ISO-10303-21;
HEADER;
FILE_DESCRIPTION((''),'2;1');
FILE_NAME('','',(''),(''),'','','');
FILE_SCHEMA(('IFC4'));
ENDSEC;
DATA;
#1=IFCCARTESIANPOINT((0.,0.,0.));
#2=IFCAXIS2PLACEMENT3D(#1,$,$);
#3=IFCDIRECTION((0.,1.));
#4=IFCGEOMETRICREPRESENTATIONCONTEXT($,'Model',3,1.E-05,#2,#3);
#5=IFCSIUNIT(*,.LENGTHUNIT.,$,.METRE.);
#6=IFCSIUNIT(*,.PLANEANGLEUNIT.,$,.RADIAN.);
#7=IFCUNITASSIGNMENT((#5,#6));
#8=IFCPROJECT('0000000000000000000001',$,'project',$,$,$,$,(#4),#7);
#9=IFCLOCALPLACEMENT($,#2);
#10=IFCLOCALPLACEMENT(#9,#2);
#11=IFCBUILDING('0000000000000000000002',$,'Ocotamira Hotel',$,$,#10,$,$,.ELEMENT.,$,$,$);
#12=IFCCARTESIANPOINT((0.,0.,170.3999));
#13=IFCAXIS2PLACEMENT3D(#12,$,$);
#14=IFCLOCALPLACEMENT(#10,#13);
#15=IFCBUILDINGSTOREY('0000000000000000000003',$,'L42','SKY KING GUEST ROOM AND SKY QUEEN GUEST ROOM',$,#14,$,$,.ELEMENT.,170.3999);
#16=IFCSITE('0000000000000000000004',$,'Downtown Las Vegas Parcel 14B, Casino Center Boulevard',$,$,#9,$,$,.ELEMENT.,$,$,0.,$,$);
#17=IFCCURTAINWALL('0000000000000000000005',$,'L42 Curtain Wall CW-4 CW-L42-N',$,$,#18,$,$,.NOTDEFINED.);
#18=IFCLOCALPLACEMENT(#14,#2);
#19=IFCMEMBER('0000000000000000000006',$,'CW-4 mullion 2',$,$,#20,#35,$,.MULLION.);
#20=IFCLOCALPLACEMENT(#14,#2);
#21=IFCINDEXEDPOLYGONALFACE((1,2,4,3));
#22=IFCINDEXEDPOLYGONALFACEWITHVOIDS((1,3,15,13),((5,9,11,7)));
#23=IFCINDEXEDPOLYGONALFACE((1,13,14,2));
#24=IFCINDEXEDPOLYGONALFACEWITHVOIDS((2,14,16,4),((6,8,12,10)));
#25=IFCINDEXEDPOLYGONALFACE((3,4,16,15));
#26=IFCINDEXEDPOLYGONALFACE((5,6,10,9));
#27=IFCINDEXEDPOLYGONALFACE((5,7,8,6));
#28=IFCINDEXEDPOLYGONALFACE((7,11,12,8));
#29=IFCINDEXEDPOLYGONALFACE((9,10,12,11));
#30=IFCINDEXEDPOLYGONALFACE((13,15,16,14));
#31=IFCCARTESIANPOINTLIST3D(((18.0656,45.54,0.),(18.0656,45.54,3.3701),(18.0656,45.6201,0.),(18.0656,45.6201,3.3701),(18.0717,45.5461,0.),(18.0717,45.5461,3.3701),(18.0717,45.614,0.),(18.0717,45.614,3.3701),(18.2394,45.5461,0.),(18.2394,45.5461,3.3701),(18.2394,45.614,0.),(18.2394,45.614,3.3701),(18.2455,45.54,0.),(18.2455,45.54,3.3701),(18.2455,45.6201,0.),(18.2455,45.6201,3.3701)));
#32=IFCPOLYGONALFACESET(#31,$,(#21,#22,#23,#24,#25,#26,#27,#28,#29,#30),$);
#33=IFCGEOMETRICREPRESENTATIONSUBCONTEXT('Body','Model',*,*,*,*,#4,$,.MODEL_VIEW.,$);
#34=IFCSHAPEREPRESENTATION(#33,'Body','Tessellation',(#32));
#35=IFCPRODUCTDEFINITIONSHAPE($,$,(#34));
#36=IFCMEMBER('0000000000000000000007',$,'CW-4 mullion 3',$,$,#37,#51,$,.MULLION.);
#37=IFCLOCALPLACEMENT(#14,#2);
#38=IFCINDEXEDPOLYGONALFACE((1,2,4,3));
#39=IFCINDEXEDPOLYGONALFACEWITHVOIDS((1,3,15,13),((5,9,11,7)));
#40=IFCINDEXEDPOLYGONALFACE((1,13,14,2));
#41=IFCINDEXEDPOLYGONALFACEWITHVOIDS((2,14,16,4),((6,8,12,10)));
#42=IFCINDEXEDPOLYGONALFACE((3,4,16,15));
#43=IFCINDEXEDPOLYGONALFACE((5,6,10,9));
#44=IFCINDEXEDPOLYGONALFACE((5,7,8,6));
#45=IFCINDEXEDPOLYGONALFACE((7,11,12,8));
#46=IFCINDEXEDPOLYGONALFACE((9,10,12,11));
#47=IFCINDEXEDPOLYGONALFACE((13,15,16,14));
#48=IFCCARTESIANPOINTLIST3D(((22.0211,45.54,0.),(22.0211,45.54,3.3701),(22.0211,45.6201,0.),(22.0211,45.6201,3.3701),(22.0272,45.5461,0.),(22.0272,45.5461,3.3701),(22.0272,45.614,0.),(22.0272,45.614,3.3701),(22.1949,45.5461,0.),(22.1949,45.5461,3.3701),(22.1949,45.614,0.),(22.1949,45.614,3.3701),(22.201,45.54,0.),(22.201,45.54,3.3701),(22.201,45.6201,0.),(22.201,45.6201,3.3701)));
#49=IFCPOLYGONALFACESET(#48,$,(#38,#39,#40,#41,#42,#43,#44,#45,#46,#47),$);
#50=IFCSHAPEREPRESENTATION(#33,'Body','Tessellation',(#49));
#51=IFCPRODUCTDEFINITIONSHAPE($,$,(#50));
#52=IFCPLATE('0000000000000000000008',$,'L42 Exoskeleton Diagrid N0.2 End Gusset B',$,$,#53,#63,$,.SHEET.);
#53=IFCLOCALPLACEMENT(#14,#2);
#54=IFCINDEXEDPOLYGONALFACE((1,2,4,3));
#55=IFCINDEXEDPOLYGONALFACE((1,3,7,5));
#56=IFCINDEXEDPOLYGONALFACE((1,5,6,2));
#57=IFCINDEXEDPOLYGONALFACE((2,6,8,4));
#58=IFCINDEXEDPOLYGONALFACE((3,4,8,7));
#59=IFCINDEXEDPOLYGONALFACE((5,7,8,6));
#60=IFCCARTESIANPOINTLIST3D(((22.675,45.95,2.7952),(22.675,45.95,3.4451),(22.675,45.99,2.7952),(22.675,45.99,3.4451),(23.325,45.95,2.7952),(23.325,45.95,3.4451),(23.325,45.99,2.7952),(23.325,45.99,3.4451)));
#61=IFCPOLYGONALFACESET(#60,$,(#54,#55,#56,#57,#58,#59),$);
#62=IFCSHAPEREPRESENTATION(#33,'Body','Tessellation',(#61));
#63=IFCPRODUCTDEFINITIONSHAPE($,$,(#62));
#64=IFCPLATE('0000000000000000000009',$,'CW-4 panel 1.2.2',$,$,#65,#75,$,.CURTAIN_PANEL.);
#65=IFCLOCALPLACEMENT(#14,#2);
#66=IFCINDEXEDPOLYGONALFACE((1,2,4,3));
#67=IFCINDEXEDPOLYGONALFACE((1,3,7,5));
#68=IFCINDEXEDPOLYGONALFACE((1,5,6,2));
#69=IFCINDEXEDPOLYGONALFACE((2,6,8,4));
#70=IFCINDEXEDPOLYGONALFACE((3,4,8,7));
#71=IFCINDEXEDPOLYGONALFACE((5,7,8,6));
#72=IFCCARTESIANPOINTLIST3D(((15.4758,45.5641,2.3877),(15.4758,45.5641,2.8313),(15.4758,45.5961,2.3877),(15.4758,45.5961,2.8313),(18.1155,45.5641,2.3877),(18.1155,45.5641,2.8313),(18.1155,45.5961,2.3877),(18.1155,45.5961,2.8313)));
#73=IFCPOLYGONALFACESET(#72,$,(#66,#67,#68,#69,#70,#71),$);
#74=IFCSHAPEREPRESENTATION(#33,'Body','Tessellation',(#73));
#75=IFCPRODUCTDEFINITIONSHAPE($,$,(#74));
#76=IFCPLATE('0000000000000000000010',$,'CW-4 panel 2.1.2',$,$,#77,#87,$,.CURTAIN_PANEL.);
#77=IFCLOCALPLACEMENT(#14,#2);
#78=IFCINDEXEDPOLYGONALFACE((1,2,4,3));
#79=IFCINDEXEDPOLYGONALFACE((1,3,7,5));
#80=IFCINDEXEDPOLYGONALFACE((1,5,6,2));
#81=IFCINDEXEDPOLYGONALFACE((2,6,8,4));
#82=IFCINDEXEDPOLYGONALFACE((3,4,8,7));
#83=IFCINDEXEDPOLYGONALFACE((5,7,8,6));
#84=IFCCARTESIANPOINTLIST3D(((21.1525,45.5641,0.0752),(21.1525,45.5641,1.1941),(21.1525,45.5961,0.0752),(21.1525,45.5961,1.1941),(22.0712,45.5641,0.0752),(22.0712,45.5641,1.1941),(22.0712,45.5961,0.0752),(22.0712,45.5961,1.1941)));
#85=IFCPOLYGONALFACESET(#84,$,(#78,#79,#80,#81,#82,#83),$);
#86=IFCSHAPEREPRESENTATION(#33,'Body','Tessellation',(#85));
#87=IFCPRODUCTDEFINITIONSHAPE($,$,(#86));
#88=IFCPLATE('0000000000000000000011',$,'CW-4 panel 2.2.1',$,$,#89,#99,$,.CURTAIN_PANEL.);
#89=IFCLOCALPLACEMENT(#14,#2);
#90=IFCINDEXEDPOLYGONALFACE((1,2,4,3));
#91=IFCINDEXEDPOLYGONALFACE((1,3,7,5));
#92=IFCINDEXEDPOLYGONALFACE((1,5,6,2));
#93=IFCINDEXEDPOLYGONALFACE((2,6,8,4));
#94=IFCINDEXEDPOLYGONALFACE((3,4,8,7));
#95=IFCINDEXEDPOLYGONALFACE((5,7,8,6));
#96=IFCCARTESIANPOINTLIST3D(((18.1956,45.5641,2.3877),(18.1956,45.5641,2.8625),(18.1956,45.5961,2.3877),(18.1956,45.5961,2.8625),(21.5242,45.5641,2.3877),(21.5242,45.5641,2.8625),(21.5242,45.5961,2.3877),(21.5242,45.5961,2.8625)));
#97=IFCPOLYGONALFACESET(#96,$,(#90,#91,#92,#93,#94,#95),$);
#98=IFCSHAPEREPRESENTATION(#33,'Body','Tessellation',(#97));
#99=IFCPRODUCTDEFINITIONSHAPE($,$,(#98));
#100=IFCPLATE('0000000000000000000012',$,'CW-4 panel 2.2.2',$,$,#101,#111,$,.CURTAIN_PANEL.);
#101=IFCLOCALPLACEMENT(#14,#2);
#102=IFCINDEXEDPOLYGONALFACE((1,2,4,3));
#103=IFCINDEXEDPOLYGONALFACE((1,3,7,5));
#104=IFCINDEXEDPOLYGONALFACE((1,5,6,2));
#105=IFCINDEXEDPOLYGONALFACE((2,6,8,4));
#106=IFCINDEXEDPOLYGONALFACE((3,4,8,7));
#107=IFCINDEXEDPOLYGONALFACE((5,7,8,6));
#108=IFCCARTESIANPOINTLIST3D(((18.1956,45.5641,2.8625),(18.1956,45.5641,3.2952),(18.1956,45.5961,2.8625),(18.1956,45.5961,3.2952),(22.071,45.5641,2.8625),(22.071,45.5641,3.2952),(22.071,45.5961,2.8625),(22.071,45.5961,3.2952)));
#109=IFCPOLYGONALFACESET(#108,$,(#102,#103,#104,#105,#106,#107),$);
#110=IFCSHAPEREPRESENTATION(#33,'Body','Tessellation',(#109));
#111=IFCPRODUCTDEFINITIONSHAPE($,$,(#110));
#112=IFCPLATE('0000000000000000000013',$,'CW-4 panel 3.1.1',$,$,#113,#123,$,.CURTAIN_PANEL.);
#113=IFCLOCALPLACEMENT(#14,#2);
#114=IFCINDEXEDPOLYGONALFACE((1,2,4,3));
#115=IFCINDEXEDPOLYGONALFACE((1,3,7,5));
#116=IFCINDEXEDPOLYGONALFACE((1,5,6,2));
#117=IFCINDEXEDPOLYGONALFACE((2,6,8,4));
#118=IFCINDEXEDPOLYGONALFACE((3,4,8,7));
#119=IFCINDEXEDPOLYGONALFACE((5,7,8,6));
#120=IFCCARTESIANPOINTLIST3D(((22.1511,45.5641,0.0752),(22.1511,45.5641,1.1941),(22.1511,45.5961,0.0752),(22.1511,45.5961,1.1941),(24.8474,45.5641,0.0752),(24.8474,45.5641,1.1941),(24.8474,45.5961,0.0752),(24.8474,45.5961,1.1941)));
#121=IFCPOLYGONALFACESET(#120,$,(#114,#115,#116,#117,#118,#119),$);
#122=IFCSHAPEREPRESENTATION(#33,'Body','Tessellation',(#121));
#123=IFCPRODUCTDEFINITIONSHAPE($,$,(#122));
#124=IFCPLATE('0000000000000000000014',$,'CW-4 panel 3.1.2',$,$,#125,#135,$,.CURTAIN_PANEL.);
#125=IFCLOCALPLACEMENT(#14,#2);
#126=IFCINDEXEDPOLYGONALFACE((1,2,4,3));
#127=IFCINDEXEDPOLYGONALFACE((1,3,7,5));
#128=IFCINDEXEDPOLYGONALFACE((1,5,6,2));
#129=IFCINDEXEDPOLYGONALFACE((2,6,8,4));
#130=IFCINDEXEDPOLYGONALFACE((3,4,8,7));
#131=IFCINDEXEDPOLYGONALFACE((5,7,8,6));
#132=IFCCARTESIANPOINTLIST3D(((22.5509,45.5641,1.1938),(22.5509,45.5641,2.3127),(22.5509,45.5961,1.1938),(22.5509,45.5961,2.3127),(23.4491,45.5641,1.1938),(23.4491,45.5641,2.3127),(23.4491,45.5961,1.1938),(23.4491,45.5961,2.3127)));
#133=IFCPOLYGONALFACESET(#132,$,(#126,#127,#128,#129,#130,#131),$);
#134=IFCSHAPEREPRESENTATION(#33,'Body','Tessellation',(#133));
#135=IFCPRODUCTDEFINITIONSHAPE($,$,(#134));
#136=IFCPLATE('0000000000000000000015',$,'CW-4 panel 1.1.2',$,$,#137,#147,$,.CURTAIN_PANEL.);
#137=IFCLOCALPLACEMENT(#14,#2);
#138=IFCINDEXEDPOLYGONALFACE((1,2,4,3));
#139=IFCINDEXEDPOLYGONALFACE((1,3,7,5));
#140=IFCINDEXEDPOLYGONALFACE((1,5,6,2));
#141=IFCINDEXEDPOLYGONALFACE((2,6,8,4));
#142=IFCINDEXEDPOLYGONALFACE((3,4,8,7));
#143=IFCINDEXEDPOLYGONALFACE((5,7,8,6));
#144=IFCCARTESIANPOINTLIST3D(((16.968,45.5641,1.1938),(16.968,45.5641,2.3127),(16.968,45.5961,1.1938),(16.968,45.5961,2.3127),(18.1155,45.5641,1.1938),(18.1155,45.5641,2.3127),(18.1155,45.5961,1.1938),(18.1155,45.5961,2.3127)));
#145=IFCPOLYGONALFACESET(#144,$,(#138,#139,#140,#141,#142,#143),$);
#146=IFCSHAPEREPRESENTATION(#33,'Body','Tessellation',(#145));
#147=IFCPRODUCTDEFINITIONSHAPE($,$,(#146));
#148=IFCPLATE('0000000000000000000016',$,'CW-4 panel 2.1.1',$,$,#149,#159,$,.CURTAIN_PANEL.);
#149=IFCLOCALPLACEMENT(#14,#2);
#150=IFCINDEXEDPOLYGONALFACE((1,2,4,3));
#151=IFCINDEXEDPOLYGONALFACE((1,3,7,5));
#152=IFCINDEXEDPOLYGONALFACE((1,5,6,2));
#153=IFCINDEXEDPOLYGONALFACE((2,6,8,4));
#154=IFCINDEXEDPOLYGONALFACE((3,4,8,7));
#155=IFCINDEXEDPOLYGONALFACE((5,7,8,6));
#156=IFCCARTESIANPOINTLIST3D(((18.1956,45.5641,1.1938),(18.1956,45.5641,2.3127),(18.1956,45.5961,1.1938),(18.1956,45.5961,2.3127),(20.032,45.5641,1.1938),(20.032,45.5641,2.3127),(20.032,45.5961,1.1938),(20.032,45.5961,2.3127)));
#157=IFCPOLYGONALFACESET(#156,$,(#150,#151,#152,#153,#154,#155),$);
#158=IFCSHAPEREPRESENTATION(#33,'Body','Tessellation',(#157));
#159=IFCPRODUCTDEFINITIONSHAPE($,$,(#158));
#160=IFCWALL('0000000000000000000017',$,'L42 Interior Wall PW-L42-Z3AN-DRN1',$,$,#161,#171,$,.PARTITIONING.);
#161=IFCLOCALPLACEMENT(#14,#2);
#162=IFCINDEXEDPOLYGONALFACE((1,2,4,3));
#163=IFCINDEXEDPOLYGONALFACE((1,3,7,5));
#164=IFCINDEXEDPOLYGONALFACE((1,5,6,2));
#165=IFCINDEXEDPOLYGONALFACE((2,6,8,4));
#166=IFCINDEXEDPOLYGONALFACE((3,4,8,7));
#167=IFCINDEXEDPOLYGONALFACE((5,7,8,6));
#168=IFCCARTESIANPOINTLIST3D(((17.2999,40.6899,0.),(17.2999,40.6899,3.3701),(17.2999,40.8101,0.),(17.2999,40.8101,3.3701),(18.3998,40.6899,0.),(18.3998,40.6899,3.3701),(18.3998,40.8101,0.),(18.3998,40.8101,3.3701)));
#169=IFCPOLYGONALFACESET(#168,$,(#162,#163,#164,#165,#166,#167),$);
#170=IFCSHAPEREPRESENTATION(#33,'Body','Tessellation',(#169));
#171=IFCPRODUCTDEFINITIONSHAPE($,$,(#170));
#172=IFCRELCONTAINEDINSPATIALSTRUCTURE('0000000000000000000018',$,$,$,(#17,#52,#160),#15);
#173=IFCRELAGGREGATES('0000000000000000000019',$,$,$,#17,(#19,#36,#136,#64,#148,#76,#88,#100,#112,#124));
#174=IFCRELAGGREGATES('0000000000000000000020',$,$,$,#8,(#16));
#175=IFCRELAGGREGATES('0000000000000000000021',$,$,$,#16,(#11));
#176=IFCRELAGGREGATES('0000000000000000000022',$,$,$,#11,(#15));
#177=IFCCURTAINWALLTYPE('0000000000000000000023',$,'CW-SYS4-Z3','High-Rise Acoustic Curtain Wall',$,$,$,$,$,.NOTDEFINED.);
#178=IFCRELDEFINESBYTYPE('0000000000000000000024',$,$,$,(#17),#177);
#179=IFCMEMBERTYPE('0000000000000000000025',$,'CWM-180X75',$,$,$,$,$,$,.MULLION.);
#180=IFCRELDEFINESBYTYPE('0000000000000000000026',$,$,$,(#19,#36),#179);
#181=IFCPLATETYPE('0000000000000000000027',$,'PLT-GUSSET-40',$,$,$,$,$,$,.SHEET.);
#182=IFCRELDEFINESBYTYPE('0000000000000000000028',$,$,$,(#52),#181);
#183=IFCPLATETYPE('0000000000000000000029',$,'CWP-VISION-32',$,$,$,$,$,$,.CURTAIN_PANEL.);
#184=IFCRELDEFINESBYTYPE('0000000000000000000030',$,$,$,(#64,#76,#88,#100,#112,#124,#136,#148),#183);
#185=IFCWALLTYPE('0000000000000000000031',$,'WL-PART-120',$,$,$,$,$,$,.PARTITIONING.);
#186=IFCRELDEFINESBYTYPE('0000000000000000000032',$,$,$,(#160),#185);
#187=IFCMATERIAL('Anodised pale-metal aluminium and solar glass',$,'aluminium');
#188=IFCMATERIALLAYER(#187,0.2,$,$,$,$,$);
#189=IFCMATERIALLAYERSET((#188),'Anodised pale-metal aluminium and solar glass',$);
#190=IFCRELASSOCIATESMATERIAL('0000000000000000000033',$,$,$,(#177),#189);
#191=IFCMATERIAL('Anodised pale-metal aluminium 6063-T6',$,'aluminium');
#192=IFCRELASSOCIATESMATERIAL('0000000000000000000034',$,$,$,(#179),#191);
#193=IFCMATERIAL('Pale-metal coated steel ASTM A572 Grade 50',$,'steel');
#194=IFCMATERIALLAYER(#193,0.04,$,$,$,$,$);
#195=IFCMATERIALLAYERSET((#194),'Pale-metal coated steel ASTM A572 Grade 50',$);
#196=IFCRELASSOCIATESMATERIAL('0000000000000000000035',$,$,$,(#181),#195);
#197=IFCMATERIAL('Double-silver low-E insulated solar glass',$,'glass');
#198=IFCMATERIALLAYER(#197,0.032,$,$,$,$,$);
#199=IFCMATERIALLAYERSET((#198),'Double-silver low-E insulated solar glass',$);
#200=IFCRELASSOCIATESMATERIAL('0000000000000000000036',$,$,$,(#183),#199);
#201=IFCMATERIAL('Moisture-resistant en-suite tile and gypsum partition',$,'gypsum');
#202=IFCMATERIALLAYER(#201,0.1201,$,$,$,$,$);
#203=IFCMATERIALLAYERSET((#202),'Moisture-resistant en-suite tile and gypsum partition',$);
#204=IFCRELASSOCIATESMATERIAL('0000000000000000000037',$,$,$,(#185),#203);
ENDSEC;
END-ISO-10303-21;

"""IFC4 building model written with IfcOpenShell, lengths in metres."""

from ifc_helpers import new_model, si_unit, direction, frame, frame_2d, origin, origin_2d, place, context, subcontext, project, spatial, rectangle, hollow_rectangle, extrude, source, transform, mapped, material, layer, layer_set, material_profile, profile_set, type_object, element, aggregate, save


model = new_model("IFC4")

# Units and contexts
model_context = context("Model", 3, precision=1e-05, world=origin(), true_north=direction((0.0, 1.0)))
body_context = subcontext(model_context, "Body", "Model", "MODEL_VIEW")
ifc_project = project(units=[si_unit("LENGTHUNIT", "METRE"), si_unit("PLANEANGLEUNIT", "RADIAN")], contexts=[model_context])

# Site, building, storey
site_placement = place(None, origin())
site = spatial("IfcSite", under=ifc_project, at=site_placement, Name="Downtown Las Vegas Parcel 14B, Casino Center Boulevard", CompositionType="ELEMENT", RefElevation=0.0)
building_placement = place(site_placement, origin())
building = spatial("IfcBuilding", under=site, at=building_placement, Name="Ocotamira Hotel", CompositionType="ELEMENT")
storey_placement = place(building_placement, frame((0.0, 0.0, 170.3999)))
storey = spatial("IfcBuildingStorey", under=building, at=storey_placement, Name="L42", Description="SKY KING GUEST ROOM AND SKY QUEEN GUEST ROOM", CompositionType="ELEMENT", Elevation=170.3999)

# Curtain wall, members
ifc_material_1 = material(Name="Anodised pale-metal aluminium and solar glass", Category="aluminium")
ifc_layer_1 = layer(ifc_material_1, 0.2)
ifc_layer_set_1 = layer_set([ifc_layer_1], Name="Anodised pale-metal aluminium and solar glass")
curtain_wall_type = type_object("IfcCurtainWallType", Name="CW-SYS4-Z3", Description="High-Rise Acoustic Curtain Wall", PredefinedType="NOTDEFINED", material=ifc_layer_set_1)
curtain_wall_placement = place(storey_placement, origin())
curtain_wall = element("IfcCurtainWall", 1, at=curtain_wall_placement, inside=storey, type_object=curtain_wall_type, Name="L42 Curtain Wall CW-4 CW-L42-N", PredefinedType="NOTDEFINED")
ifc_material_2 = material(Name="Anodised pale-metal aluminium 6063-T6", Category="aluminium")
ifc_material_profile_1 = material_profile(ifc_material_2, hollow_rectangle(XDim=0.0801, YDim=0.1799, WallThickness=0.0061, at=origin_2d()), Name="HSS180X80X6")
ifc_profile_set_1 = profile_set([ifc_material_profile_1], Name="Anodised pale-metal aluminium 6063-T6")
member_type_1 = type_object("IfcMemberType", Name="CWM-180X75", PredefinedType="MULLION", material=ifc_profile_set_1)
shared_shape_1 = source(origin(), body_context, "Body", "SweptSolid", [
    extrude(hollow_rectangle(XDim=0.0801, YDim=0.1799, WallThickness=0.0061, at=origin_2d()), origin(), (0.0, 0.0, 1.0), 3.3701),
])
member_1_placement = place(storey_placement, frame((18.1555, 45.5801, 0.0), z_axis=(0.0, 0.0, 1.0), x_axis=(0.0, 1.0, 0.0)))
member_1 = element("IfcMember", 2, at=member_1_placement, type_object=member_type_1, Name="CW-4 mullion 2", PredefinedType="MULLION", context=body_context, shape_type="MappedRepresentation", body=[
    mapped(shared_shape_1, transform((0.0, 0.0, 0.0), scale=1.0)),
])
member_2_placement = place(storey_placement, frame((22.1111, 45.5801, 0.0), z_axis=(0.0, 0.0, 1.0), x_axis=(0.0, 1.0, 0.0)))
member_2 = element("IfcMember", 3, at=member_2_placement, type_object=member_type_1, Name="CW-4 mullion 3", PredefinedType="MULLION", context=body_context, shape_type="MappedRepresentation", body=[
    mapped(shared_shape_1, transform((0.0, 0.0, 0.0), scale=1.0)),
])

# Plates
ifc_material_3 = material(Name="Pale-metal coated steel ASTM A572 Grade 50", Category="steel")
ifc_layer_2 = layer(ifc_material_3, 0.04)
ifc_layer_set_2 = layer_set([ifc_layer_2], Name="Pale-metal coated steel ASTM A572 Grade 50")
plate_type_1 = type_object("IfcPlateType", Name="PLT-GUSSET-40", PredefinedType="SHEET", material=ifc_layer_set_2)
shared_shape_2 = source(origin(), body_context, "Body", "SweptSolid", [
    extrude(rectangle(XDim=0.6499, YDim=0.04, at=origin_2d()), origin(), (0.0, 0.0, 1.0), 0.6499),
])
plate_1_placement = place(storey_placement, frame((23.0, 45.97, 2.7952), z_axis=(0.0, 0.0, 1.0), x_axis=(1.0, 0.0, 0.0)))
element("IfcPlate", 4, at=plate_1_placement, inside=storey, type_object=plate_type_1, Name="L42 Exoskeleton Diagrid N0.2 End Gusset B", PredefinedType="SHEET", context=body_context, shape_type="MappedRepresentation", body=[
    mapped(shared_shape_2, transform((0.0, 0.0, 0.0), scale=1.0)),
])
ifc_material_4 = material(Name="Double-silver low-E insulated solar glass", Category="glass")
ifc_layer_3 = layer(ifc_material_4, 0.032)
ifc_layer_set_3 = layer_set([ifc_layer_3], Name="Double-silver low-E insulated solar glass")
plate_type_2 = type_object("IfcPlateType", Name="CWP-VISION-32", PredefinedType="CURTAIN_PANEL", material=ifc_layer_set_3)
shared_shape_3 = source(origin(), body_context, "Body", "SweptSolid", [
    extrude(rectangle(XDim=2.6396, YDim=0.032, at=origin_2d()), origin(), (0.0, 0.0, 1.0), 0.4436),
])
plate_2_placement = place(storey_placement, frame((16.7957, 45.5801, 2.3877), z_axis=(0.0, 0.0, 1.0), x_axis=(1.0, 0.0, 0.0)))
plate_2 = element("IfcPlate", 5, at=plate_2_placement, type_object=plate_type_2, Name="CW-4 panel 1.2.2", PredefinedType="CURTAIN_PANEL", context=body_context, shape_type="MappedRepresentation", body=[
    mapped(shared_shape_3, transform((0.0, 0.0, 0.0), scale=1.0)),
])
shared_shape_4 = source(origin(), body_context, "Body", "SweptSolid", [
    extrude(rectangle(XDim=0.9187, YDim=0.032, at=origin_2d()), origin(), (0.0, 0.0, 1.0), 1.1189),
])
plate_3_placement = place(storey_placement, frame((21.6118, 45.5801, 0.0752), z_axis=(0.0, 0.0, 1.0), x_axis=(1.0, 0.0, 0.0)))
plate_3 = element("IfcPlate", 6, at=plate_3_placement, type_object=plate_type_2, Name="CW-4 panel 2.1.2", PredefinedType="CURTAIN_PANEL", context=body_context, shape_type="MappedRepresentation", body=[
    mapped(shared_shape_4, transform((0.0, 0.0, 0.0), scale=1.0)),
])
shared_shape_5 = source(origin(), body_context, "Body", "SweptSolid", [
    extrude(rectangle(XDim=3.3286, YDim=0.032, at=origin_2d()), origin(), (0.0, 0.0, 1.0), 0.4749),
])
plate_4_placement = place(storey_placement, frame((19.8599, 45.5801, 2.3877), z_axis=(0.0, 0.0, 1.0), x_axis=(1.0, 0.0, 0.0)))
plate_4 = element("IfcPlate", 7, at=plate_4_placement, type_object=plate_type_2, Name="CW-4 panel 2.2.1", PredefinedType="CURTAIN_PANEL", context=body_context, shape_type="MappedRepresentation", body=[
    mapped(shared_shape_5, transform((0.0, 0.0, 0.0), scale=1.0)),
])
shared_shape_6 = source(origin(), body_context, "Body", "SweptSolid", [
    extrude(rectangle(XDim=3.8755, YDim=0.032, at=origin_2d()), origin(), (0.0, 0.0, 1.0), 0.4326),
])
plate_5_placement = place(storey_placement, frame((20.1333, 45.5801, 2.8625), z_axis=(0.0, 0.0, 1.0), x_axis=(1.0, 0.0, 0.0)))
plate_5 = element("IfcPlate", 8, at=plate_5_placement, type_object=plate_type_2, Name="CW-4 panel 2.2.2", PredefinedType="CURTAIN_PANEL", context=body_context, shape_type="MappedRepresentation", body=[
    mapped(shared_shape_6, transform((0.0, 0.0, 0.0), scale=1.0)),
])
shared_shape_7 = source(origin(), body_context, "Body", "SweptSolid", [
    extrude(rectangle(XDim=2.6963, YDim=0.032, at=origin_2d()), origin(), (0.0, 0.0, 1.0), 1.1189),
])
plate_6_placement = place(storey_placement, frame((23.4993, 45.5801, 0.0752), z_axis=(0.0, 0.0, 1.0), x_axis=(1.0, 0.0, 0.0)))
plate_6 = element("IfcPlate", 9, at=plate_6_placement, type_object=plate_type_2, Name="CW-4 panel 3.1.1", PredefinedType="CURTAIN_PANEL", context=body_context, shape_type="MappedRepresentation", body=[
    mapped(shared_shape_7, transform((0.0, 0.0, 0.0), scale=1.0)),
])
shared_shape_8 = source(origin(), body_context, "Body", "SweptSolid", [
    extrude(rectangle(XDim=0.8982, YDim=0.032, at=origin_2d()), origin(), (0.0, 0.0, 1.0), 1.1189),
])
plate_7_placement = place(storey_placement, frame((23.0, 45.5801, 1.1938), z_axis=(0.0, 0.0, 1.0), x_axis=(1.0, 0.0, 0.0)))
plate_7 = element("IfcPlate", 10, at=plate_7_placement, type_object=plate_type_2, Name="CW-4 panel 3.1.2", PredefinedType="CURTAIN_PANEL", context=body_context, shape_type="MappedRepresentation", body=[
    mapped(shared_shape_8, transform((0.0, 0.0, 0.0), scale=1.0)),
])
shared_shape_9 = source(origin(), body_context, "Body", "SweptSolid", [
    extrude(rectangle(XDim=1.1475, YDim=0.032, at=origin_2d()), origin(), (0.0, 0.0, 1.0), 1.1189),
])
plate_8_placement = place(storey_placement, frame((17.5417, 45.5801, 1.1938), z_axis=(0.0, 0.0, 1.0), x_axis=(1.0, 0.0, 0.0)))
plate_8 = element("IfcPlate", 11, at=plate_8_placement, type_object=plate_type_2, Name="CW-4 panel 1.1.2", PredefinedType="CURTAIN_PANEL", context=body_context, shape_type="MappedRepresentation", body=[
    mapped(shared_shape_9, transform((0.0, 0.0, 0.0), scale=1.0)),
])
shared_shape_10 = source(origin(), body_context, "Body", "SweptSolid", [
    extrude(rectangle(XDim=1.8364, YDim=0.032, at=origin_2d()), origin(), (0.0, 0.0, 1.0), 1.1189),
])
plate_9_placement = place(storey_placement, frame((19.1138, 45.5801, 1.1938), z_axis=(0.0, 0.0, 1.0), x_axis=(1.0, 0.0, 0.0)))
plate_9 = element("IfcPlate", 12, at=plate_9_placement, type_object=plate_type_2, Name="CW-4 panel 2.1.1", PredefinedType="CURTAIN_PANEL", context=body_context, shape_type="MappedRepresentation", body=[
    mapped(shared_shape_10, transform((0.0, 0.0, 0.0), scale=1.0)),
])
aggregate(curtain_wall, [member_1, member_2, plate_8, plate_2, plate_9, plate_3, plate_4, plate_5, plate_6, plate_7])

# Wall
ifc_material_5 = material(Name="Moisture-resistant en-suite tile and gypsum partition", Category="gypsum")
ifc_layer_4 = layer(ifc_material_5, 0.1201)
ifc_layer_set_4 = layer_set([ifc_layer_4], Name="Moisture-resistant en-suite tile and gypsum partition")
wall_type_1 = type_object("IfcWallType", Name="WL-PART-120", PredefinedType="PARTITIONING", material=ifc_layer_set_4)
wall_1_placement = place(storey_placement, frame((17.3, 40.75, 0.0), z_axis=(0.0, 0.0, 1.0), x_axis=(1.0, 0.0, 0.0)))
element("IfcWall", 13, at=wall_1_placement, inside=storey, type_object=wall_type_1, Name="L42 Interior Wall PW-L42-Z3AN-DRN1", PredefinedType="PARTITIONING", context=body_context, shape_type="SweptSolid", body=[
    extrude(rectangle(XDim=1.0999, YDim=0.1201, at=frame_2d((0.5498, 0.0))), origin(), (0.0, 0.0, 1.0), 3.3701),
])

save(model, "model.ifc")
